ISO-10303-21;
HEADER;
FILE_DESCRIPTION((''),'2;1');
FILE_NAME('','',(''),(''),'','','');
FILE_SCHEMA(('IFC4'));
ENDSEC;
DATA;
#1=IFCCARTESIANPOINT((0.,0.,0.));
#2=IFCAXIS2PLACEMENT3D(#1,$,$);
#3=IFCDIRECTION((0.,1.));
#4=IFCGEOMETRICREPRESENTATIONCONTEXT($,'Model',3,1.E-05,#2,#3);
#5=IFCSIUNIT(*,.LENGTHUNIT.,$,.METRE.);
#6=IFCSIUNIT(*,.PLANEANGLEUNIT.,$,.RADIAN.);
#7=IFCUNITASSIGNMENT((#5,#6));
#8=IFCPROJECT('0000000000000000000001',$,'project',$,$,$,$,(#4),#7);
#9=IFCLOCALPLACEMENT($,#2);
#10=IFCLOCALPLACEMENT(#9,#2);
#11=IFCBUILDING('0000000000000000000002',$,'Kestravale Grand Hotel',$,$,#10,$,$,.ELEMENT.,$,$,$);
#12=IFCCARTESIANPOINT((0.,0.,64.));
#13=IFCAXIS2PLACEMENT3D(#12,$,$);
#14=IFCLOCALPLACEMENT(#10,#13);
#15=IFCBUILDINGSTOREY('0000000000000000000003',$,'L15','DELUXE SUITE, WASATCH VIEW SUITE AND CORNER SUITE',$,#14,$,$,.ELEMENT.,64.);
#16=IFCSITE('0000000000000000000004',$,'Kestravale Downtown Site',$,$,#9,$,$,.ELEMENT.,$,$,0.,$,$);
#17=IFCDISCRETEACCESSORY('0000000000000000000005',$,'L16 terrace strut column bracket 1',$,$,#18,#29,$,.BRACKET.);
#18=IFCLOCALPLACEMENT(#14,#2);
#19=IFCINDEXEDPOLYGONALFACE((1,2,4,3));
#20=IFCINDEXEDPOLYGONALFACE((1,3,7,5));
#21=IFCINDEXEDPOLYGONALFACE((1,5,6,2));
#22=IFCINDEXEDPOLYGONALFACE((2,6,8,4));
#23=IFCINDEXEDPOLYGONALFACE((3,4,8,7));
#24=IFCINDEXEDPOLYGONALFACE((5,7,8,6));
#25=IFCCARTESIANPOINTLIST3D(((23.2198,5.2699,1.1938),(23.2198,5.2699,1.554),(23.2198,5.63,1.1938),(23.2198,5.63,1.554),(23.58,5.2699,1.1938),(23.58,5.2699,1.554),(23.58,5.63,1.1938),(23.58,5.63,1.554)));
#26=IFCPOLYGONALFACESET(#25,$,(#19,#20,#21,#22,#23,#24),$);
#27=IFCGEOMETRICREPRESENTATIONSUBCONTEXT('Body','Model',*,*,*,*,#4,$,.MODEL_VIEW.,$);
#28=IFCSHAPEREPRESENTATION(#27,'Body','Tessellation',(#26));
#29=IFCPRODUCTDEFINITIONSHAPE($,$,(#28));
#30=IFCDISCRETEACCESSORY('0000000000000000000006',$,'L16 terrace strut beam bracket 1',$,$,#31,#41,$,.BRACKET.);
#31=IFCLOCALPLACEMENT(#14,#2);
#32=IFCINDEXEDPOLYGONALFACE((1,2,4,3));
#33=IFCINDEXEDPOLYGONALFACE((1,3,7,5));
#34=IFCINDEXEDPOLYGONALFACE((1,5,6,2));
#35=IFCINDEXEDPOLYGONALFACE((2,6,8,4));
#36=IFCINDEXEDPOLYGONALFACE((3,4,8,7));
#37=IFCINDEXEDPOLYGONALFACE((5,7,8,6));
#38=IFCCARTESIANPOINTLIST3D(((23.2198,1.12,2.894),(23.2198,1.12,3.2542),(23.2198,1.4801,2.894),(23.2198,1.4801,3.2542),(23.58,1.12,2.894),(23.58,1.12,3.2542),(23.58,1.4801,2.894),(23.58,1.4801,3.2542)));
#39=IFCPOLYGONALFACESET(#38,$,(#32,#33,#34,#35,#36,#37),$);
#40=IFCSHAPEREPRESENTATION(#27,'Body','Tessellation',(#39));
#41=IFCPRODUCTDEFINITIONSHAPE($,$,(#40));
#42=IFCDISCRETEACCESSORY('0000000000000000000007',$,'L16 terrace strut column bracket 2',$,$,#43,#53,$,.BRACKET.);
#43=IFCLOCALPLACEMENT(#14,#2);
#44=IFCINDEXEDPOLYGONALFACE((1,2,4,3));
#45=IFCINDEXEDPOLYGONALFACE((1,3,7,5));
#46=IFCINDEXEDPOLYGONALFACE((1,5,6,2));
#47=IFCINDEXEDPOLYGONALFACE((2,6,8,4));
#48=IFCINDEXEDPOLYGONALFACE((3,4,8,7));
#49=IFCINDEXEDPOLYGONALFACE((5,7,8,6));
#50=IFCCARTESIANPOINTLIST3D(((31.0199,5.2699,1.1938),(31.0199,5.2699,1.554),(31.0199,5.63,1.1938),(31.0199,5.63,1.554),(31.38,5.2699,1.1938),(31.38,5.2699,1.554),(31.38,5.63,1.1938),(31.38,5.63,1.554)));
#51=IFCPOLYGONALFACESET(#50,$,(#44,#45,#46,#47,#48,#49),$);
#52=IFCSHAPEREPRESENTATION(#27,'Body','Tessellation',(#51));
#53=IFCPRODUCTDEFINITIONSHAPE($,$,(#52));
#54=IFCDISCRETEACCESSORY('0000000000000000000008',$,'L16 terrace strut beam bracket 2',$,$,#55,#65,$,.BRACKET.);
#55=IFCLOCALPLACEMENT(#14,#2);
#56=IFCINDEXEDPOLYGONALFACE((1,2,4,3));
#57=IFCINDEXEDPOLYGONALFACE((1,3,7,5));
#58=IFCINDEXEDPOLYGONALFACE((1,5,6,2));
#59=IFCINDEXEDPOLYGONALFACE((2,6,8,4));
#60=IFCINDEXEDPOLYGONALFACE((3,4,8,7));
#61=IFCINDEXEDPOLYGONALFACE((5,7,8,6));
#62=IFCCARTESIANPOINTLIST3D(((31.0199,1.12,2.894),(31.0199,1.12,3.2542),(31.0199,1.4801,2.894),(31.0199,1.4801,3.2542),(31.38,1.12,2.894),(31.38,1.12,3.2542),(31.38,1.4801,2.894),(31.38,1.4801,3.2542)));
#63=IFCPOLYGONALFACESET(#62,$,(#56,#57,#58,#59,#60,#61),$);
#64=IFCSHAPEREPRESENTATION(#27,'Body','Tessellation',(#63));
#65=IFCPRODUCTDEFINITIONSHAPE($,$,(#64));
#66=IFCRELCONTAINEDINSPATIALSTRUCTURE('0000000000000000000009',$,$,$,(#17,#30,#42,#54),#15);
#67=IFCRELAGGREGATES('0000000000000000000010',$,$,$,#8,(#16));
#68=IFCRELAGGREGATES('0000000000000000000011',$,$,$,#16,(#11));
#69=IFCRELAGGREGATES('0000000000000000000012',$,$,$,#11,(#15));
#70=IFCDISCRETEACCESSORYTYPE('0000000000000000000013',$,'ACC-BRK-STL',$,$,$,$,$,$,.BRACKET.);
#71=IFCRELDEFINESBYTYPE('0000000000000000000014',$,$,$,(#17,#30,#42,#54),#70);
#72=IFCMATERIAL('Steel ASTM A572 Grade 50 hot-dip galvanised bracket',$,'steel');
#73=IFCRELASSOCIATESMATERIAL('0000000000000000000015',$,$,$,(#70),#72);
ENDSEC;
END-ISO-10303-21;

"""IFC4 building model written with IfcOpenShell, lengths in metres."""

from ifc_helpers import new_model, si_unit, direction, frame, origin, origin_2d, place, context, subcontext, project, spatial, rectangle, extrude, material, type_object, element, save


model = new_model("IFC4")

# Units and contexts
model_context = context("Model", 3, precision=1e-05, world=origin(), true_north=direction((0.0, 1.0)))
body_context = subcontext(model_context, "Body", "Model", "MODEL_VIEW")
ifc_project = project(units=[si_unit("LENGTHUNIT", "METRE"), si_unit("PLANEANGLEUNIT", "RADIAN")], contexts=[model_context])

# Site, building, storey
site_placement = place(None, origin())
site = spatial("IfcSite", under=ifc_project, at=site_placement, Name="Kestravale Downtown Site", CompositionType="ELEMENT", RefElevation=0.0)
building_placement = place(site_placement, origin())
building = spatial("IfcBuilding", under=site, at=building_placement, Name="Kestravale Grand Hotel", CompositionType="ELEMENT")
storey_placement = place(building_placement, frame((0.0, 0.0, 64.0)))
storey = spatial("IfcBuildingStorey", under=building, at=storey_placement, Name="L15", Description="DELUXE SUITE, WASATCH VIEW SUITE AND CORNER SUITE", CompositionType="ELEMENT", Elevation=64.0)

# Discrete accessories
ifc_material_1 = material(Name="Steel ASTM A572 Grade 50 hot-dip galvanised bracket", Category="steel")
discrete_accessory_type = type_object("IfcDiscreteAccessoryType", Name="ACC-BRK-STL", PredefinedType="BRACKET", material=ifc_material_1)
for number, where, z_axis, x_axis, name in (
    (1, (23.3999, 5.45, 1.1938), (0.0, 0.0, 1.0), (1.0, 0.0, 0.0), "L16 terrace strut column bracket 1"),
    (2, (23.3999, 1.3, 2.894), (0.0, 0.0, 1.0), (1.0, 0.0, 0.0), "L16 terrace strut beam bracket 1"),
    (3, (31.2, 5.45, 1.1938), (0.0, 0.0, 1.0), (1.0, 0.0, 0.0), "L16 terrace strut column bracket 2"),
    (4, (31.2, 1.3, 2.894), (0.0, 0.0, 1.0), (1.0, 0.0, 0.0), "L16 terrace strut beam bracket 2"),
):
    element("IfcDiscreteAccessory", number, at=place(storey_placement, frame(where, z_axis=z_axis, x_axis=x_axis)), inside=storey, type_object=discrete_accessory_type, Name=name, PredefinedType="BRACKET", context=body_context, shape_type="SweptSolid", body=[
        extrude(rectangle(XDim=0.3601, YDim=0.3601, at=origin_2d()), origin(), (0.0, 0.0, 1.0), 0.3601),
    ])

save(model, "model.ifc")
